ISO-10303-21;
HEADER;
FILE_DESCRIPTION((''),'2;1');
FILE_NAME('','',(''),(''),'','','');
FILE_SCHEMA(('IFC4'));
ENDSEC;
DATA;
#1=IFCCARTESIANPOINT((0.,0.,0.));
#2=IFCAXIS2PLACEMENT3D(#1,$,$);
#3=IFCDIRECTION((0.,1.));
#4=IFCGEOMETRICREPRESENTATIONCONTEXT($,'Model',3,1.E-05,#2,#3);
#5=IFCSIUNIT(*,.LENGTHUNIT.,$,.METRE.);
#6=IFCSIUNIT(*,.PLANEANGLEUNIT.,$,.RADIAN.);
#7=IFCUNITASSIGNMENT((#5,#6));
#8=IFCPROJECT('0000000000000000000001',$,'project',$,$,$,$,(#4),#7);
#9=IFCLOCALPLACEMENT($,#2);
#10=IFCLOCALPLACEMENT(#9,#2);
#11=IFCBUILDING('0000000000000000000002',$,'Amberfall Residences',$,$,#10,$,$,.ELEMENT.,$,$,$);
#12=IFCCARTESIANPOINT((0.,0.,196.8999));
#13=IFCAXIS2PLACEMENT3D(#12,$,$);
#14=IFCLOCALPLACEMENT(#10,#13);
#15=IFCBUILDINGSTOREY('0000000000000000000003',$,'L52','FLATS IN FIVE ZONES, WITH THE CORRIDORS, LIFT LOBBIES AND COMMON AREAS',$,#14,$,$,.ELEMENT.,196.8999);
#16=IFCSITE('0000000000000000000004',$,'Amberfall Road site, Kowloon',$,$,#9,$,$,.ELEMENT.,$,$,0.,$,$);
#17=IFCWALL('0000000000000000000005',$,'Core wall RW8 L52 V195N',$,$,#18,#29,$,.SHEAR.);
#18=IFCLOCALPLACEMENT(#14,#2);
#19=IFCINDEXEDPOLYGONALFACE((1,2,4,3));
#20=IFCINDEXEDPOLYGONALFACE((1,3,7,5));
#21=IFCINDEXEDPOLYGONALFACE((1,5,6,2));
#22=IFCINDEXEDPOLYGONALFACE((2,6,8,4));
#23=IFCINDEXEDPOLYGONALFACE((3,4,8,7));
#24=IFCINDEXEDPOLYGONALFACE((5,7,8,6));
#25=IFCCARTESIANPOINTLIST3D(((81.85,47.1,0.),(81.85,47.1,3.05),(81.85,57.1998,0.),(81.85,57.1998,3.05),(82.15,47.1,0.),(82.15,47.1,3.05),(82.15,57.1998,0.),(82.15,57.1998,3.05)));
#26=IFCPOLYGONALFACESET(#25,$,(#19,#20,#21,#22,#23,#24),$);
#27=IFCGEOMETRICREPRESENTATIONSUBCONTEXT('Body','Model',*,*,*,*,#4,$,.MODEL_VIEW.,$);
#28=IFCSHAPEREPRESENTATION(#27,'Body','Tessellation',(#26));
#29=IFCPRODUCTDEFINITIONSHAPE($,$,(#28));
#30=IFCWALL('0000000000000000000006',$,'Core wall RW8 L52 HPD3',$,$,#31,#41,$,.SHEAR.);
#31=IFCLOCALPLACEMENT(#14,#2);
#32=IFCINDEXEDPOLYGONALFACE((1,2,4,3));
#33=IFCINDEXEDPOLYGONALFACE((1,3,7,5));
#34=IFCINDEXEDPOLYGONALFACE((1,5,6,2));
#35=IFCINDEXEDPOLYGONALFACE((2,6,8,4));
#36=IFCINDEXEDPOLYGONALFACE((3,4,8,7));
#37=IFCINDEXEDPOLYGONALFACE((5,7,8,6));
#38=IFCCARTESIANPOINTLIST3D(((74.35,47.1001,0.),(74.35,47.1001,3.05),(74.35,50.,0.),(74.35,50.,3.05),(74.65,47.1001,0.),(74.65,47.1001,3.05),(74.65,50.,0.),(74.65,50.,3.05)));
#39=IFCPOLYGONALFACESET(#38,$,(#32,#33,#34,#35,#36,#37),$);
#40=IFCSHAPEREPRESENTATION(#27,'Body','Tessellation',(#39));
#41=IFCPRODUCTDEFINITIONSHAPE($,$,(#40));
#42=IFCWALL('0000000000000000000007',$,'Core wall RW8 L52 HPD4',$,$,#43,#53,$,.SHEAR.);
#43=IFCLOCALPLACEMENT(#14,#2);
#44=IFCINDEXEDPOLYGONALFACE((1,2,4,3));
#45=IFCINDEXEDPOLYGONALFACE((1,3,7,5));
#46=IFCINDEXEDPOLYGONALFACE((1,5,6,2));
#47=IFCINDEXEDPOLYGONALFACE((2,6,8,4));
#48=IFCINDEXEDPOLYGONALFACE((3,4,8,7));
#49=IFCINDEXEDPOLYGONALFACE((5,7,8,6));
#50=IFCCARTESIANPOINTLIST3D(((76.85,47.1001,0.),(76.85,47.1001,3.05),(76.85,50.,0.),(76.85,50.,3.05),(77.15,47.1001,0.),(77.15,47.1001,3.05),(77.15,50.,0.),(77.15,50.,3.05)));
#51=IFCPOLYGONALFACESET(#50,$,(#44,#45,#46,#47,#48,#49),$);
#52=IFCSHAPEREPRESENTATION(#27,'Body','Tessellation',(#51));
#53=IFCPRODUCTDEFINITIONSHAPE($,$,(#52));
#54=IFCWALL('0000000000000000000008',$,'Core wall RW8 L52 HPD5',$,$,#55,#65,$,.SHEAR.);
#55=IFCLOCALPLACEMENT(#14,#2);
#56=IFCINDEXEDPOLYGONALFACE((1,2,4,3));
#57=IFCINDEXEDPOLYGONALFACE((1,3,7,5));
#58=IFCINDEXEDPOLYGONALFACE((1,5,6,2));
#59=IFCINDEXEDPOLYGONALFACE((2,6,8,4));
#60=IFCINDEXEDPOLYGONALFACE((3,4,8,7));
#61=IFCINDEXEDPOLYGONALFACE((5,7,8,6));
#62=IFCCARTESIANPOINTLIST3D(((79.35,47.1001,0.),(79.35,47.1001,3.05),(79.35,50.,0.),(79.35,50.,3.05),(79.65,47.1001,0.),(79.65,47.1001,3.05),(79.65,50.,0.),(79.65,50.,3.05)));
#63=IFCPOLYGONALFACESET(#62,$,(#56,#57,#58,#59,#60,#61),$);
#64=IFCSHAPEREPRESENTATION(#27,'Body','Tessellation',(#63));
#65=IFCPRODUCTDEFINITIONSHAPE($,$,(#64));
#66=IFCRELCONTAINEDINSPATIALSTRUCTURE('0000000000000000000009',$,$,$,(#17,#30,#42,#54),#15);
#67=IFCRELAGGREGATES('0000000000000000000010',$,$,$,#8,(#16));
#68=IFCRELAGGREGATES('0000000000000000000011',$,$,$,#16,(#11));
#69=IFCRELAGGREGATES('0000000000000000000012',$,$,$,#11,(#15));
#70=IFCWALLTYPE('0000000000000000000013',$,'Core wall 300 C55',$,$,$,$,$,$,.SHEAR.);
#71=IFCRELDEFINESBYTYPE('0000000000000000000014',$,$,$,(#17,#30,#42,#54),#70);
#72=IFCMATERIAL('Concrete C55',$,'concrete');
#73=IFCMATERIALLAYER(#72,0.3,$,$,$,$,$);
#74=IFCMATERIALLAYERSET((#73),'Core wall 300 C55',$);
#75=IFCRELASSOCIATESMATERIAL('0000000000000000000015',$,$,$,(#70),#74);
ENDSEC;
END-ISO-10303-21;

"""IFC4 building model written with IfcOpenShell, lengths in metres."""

from ifc_helpers import new_model, si_unit, direction, frame, frame_2d, origin, place, context, subcontext, project, spatial, rectangle, extrude, material, layer, layer_set, type_object, element, save


model = new_model("IFC4")

# Units and contexts
model_context = context("Model", 3, precision=1e-05, world=origin(), true_north=direction((0.0, 1.0)))
body_context = subcontext(model_context, "Body", "Model", "MODEL_VIEW")
ifc_project = project(units=[si_unit("LENGTHUNIT", "METRE"), si_unit("PLANEANGLEUNIT", "RADIAN")], contexts=[model_context])

# Site, building, storey
site_placement = place(None, origin())
site = spatial("IfcSite", under=ifc_project, at=site_placement, Name="Amberfall Road site, Kowloon", CompositionType="ELEMENT", RefElevation=0.0)
building_placement = place(site_placement, origin())
building = spatial("IfcBuilding", under=site, at=building_placement, Name="Amberfall Residences", CompositionType="ELEMENT")
storey_placement = place(building_placement, frame((0.0, 0.0, 196.8999)))
storey = spatial("IfcBuildingStorey", under=building, at=storey_placement, Name="L52", Description="FLATS IN FIVE ZONES, WITH THE CORRIDORS, LIFT LOBBIES AND COMMON AREAS", CompositionType="ELEMENT", Elevation=196.8999)

# Walls
ifc_material_1 = material(Name="Concrete C55", Category="concrete")
ifc_layer_1 = layer(ifc_material_1, 0.3)
ifc_layer_set_1 = layer_set([ifc_layer_1], Name="Core wall 300 C55")
wall_type_1 = type_object("IfcWallType", Name="Core wall 300 C55", PredefinedType="SHEAR", material=ifc_layer_set_1)
wall_1_placement = place(storey_placement, frame((82.0, 47.1001, 0.0), z_axis=(0.0, 0.0, 1.0), x_axis=(0.0, 1.0, 0.0)))
element("IfcWall", 1, at=wall_1_placement, inside=storey, type_object=wall_type_1, Name="Core wall RW8 L52 V195N", PredefinedType="SHEAR", context=body_context, shape_type="SweptSolid", body=[
    extrude(rectangle(XDim=10.0999, YDim=0.3, at=frame_2d((5.0498, 0.0))), origin(), (0.0, 0.0, 1.0), 3.05),
])
for number, where, z_axis, x_axis, name in (
    (2, (74.5, 47.1001, 0.0), (0.0, 0.0, 1.0), (0.0, 1.0, 0.0), "Core wall RW8 L52 HPD3"),
    (3, (77.0, 47.1001, 0.0), (0.0, 0.0, 1.0), (0.0, 1.0, 0.0), "Core wall RW8 L52 HPD4"),
    (4, (79.5, 47.1001, 0.0), (0.0, 0.0, 1.0), (0.0, 1.0, 0.0), "Core wall RW8 L52 HPD5"),
):
    element("IfcWall", number, at=place(storey_placement, frame(where, z_axis=z_axis, x_axis=x_axis)), inside=storey, type_object=wall_type_1, Name=name, PredefinedType="SHEAR", context=body_context, shape_type="SweptSolid", body=[
        extrude(rectangle(XDim=2.8999, YDim=0.3, at=frame_2d((1.45, 0.0))), origin(), (0.0, 0.0, 1.0), 3.05),
    ])

save(model, "model.ifc")
